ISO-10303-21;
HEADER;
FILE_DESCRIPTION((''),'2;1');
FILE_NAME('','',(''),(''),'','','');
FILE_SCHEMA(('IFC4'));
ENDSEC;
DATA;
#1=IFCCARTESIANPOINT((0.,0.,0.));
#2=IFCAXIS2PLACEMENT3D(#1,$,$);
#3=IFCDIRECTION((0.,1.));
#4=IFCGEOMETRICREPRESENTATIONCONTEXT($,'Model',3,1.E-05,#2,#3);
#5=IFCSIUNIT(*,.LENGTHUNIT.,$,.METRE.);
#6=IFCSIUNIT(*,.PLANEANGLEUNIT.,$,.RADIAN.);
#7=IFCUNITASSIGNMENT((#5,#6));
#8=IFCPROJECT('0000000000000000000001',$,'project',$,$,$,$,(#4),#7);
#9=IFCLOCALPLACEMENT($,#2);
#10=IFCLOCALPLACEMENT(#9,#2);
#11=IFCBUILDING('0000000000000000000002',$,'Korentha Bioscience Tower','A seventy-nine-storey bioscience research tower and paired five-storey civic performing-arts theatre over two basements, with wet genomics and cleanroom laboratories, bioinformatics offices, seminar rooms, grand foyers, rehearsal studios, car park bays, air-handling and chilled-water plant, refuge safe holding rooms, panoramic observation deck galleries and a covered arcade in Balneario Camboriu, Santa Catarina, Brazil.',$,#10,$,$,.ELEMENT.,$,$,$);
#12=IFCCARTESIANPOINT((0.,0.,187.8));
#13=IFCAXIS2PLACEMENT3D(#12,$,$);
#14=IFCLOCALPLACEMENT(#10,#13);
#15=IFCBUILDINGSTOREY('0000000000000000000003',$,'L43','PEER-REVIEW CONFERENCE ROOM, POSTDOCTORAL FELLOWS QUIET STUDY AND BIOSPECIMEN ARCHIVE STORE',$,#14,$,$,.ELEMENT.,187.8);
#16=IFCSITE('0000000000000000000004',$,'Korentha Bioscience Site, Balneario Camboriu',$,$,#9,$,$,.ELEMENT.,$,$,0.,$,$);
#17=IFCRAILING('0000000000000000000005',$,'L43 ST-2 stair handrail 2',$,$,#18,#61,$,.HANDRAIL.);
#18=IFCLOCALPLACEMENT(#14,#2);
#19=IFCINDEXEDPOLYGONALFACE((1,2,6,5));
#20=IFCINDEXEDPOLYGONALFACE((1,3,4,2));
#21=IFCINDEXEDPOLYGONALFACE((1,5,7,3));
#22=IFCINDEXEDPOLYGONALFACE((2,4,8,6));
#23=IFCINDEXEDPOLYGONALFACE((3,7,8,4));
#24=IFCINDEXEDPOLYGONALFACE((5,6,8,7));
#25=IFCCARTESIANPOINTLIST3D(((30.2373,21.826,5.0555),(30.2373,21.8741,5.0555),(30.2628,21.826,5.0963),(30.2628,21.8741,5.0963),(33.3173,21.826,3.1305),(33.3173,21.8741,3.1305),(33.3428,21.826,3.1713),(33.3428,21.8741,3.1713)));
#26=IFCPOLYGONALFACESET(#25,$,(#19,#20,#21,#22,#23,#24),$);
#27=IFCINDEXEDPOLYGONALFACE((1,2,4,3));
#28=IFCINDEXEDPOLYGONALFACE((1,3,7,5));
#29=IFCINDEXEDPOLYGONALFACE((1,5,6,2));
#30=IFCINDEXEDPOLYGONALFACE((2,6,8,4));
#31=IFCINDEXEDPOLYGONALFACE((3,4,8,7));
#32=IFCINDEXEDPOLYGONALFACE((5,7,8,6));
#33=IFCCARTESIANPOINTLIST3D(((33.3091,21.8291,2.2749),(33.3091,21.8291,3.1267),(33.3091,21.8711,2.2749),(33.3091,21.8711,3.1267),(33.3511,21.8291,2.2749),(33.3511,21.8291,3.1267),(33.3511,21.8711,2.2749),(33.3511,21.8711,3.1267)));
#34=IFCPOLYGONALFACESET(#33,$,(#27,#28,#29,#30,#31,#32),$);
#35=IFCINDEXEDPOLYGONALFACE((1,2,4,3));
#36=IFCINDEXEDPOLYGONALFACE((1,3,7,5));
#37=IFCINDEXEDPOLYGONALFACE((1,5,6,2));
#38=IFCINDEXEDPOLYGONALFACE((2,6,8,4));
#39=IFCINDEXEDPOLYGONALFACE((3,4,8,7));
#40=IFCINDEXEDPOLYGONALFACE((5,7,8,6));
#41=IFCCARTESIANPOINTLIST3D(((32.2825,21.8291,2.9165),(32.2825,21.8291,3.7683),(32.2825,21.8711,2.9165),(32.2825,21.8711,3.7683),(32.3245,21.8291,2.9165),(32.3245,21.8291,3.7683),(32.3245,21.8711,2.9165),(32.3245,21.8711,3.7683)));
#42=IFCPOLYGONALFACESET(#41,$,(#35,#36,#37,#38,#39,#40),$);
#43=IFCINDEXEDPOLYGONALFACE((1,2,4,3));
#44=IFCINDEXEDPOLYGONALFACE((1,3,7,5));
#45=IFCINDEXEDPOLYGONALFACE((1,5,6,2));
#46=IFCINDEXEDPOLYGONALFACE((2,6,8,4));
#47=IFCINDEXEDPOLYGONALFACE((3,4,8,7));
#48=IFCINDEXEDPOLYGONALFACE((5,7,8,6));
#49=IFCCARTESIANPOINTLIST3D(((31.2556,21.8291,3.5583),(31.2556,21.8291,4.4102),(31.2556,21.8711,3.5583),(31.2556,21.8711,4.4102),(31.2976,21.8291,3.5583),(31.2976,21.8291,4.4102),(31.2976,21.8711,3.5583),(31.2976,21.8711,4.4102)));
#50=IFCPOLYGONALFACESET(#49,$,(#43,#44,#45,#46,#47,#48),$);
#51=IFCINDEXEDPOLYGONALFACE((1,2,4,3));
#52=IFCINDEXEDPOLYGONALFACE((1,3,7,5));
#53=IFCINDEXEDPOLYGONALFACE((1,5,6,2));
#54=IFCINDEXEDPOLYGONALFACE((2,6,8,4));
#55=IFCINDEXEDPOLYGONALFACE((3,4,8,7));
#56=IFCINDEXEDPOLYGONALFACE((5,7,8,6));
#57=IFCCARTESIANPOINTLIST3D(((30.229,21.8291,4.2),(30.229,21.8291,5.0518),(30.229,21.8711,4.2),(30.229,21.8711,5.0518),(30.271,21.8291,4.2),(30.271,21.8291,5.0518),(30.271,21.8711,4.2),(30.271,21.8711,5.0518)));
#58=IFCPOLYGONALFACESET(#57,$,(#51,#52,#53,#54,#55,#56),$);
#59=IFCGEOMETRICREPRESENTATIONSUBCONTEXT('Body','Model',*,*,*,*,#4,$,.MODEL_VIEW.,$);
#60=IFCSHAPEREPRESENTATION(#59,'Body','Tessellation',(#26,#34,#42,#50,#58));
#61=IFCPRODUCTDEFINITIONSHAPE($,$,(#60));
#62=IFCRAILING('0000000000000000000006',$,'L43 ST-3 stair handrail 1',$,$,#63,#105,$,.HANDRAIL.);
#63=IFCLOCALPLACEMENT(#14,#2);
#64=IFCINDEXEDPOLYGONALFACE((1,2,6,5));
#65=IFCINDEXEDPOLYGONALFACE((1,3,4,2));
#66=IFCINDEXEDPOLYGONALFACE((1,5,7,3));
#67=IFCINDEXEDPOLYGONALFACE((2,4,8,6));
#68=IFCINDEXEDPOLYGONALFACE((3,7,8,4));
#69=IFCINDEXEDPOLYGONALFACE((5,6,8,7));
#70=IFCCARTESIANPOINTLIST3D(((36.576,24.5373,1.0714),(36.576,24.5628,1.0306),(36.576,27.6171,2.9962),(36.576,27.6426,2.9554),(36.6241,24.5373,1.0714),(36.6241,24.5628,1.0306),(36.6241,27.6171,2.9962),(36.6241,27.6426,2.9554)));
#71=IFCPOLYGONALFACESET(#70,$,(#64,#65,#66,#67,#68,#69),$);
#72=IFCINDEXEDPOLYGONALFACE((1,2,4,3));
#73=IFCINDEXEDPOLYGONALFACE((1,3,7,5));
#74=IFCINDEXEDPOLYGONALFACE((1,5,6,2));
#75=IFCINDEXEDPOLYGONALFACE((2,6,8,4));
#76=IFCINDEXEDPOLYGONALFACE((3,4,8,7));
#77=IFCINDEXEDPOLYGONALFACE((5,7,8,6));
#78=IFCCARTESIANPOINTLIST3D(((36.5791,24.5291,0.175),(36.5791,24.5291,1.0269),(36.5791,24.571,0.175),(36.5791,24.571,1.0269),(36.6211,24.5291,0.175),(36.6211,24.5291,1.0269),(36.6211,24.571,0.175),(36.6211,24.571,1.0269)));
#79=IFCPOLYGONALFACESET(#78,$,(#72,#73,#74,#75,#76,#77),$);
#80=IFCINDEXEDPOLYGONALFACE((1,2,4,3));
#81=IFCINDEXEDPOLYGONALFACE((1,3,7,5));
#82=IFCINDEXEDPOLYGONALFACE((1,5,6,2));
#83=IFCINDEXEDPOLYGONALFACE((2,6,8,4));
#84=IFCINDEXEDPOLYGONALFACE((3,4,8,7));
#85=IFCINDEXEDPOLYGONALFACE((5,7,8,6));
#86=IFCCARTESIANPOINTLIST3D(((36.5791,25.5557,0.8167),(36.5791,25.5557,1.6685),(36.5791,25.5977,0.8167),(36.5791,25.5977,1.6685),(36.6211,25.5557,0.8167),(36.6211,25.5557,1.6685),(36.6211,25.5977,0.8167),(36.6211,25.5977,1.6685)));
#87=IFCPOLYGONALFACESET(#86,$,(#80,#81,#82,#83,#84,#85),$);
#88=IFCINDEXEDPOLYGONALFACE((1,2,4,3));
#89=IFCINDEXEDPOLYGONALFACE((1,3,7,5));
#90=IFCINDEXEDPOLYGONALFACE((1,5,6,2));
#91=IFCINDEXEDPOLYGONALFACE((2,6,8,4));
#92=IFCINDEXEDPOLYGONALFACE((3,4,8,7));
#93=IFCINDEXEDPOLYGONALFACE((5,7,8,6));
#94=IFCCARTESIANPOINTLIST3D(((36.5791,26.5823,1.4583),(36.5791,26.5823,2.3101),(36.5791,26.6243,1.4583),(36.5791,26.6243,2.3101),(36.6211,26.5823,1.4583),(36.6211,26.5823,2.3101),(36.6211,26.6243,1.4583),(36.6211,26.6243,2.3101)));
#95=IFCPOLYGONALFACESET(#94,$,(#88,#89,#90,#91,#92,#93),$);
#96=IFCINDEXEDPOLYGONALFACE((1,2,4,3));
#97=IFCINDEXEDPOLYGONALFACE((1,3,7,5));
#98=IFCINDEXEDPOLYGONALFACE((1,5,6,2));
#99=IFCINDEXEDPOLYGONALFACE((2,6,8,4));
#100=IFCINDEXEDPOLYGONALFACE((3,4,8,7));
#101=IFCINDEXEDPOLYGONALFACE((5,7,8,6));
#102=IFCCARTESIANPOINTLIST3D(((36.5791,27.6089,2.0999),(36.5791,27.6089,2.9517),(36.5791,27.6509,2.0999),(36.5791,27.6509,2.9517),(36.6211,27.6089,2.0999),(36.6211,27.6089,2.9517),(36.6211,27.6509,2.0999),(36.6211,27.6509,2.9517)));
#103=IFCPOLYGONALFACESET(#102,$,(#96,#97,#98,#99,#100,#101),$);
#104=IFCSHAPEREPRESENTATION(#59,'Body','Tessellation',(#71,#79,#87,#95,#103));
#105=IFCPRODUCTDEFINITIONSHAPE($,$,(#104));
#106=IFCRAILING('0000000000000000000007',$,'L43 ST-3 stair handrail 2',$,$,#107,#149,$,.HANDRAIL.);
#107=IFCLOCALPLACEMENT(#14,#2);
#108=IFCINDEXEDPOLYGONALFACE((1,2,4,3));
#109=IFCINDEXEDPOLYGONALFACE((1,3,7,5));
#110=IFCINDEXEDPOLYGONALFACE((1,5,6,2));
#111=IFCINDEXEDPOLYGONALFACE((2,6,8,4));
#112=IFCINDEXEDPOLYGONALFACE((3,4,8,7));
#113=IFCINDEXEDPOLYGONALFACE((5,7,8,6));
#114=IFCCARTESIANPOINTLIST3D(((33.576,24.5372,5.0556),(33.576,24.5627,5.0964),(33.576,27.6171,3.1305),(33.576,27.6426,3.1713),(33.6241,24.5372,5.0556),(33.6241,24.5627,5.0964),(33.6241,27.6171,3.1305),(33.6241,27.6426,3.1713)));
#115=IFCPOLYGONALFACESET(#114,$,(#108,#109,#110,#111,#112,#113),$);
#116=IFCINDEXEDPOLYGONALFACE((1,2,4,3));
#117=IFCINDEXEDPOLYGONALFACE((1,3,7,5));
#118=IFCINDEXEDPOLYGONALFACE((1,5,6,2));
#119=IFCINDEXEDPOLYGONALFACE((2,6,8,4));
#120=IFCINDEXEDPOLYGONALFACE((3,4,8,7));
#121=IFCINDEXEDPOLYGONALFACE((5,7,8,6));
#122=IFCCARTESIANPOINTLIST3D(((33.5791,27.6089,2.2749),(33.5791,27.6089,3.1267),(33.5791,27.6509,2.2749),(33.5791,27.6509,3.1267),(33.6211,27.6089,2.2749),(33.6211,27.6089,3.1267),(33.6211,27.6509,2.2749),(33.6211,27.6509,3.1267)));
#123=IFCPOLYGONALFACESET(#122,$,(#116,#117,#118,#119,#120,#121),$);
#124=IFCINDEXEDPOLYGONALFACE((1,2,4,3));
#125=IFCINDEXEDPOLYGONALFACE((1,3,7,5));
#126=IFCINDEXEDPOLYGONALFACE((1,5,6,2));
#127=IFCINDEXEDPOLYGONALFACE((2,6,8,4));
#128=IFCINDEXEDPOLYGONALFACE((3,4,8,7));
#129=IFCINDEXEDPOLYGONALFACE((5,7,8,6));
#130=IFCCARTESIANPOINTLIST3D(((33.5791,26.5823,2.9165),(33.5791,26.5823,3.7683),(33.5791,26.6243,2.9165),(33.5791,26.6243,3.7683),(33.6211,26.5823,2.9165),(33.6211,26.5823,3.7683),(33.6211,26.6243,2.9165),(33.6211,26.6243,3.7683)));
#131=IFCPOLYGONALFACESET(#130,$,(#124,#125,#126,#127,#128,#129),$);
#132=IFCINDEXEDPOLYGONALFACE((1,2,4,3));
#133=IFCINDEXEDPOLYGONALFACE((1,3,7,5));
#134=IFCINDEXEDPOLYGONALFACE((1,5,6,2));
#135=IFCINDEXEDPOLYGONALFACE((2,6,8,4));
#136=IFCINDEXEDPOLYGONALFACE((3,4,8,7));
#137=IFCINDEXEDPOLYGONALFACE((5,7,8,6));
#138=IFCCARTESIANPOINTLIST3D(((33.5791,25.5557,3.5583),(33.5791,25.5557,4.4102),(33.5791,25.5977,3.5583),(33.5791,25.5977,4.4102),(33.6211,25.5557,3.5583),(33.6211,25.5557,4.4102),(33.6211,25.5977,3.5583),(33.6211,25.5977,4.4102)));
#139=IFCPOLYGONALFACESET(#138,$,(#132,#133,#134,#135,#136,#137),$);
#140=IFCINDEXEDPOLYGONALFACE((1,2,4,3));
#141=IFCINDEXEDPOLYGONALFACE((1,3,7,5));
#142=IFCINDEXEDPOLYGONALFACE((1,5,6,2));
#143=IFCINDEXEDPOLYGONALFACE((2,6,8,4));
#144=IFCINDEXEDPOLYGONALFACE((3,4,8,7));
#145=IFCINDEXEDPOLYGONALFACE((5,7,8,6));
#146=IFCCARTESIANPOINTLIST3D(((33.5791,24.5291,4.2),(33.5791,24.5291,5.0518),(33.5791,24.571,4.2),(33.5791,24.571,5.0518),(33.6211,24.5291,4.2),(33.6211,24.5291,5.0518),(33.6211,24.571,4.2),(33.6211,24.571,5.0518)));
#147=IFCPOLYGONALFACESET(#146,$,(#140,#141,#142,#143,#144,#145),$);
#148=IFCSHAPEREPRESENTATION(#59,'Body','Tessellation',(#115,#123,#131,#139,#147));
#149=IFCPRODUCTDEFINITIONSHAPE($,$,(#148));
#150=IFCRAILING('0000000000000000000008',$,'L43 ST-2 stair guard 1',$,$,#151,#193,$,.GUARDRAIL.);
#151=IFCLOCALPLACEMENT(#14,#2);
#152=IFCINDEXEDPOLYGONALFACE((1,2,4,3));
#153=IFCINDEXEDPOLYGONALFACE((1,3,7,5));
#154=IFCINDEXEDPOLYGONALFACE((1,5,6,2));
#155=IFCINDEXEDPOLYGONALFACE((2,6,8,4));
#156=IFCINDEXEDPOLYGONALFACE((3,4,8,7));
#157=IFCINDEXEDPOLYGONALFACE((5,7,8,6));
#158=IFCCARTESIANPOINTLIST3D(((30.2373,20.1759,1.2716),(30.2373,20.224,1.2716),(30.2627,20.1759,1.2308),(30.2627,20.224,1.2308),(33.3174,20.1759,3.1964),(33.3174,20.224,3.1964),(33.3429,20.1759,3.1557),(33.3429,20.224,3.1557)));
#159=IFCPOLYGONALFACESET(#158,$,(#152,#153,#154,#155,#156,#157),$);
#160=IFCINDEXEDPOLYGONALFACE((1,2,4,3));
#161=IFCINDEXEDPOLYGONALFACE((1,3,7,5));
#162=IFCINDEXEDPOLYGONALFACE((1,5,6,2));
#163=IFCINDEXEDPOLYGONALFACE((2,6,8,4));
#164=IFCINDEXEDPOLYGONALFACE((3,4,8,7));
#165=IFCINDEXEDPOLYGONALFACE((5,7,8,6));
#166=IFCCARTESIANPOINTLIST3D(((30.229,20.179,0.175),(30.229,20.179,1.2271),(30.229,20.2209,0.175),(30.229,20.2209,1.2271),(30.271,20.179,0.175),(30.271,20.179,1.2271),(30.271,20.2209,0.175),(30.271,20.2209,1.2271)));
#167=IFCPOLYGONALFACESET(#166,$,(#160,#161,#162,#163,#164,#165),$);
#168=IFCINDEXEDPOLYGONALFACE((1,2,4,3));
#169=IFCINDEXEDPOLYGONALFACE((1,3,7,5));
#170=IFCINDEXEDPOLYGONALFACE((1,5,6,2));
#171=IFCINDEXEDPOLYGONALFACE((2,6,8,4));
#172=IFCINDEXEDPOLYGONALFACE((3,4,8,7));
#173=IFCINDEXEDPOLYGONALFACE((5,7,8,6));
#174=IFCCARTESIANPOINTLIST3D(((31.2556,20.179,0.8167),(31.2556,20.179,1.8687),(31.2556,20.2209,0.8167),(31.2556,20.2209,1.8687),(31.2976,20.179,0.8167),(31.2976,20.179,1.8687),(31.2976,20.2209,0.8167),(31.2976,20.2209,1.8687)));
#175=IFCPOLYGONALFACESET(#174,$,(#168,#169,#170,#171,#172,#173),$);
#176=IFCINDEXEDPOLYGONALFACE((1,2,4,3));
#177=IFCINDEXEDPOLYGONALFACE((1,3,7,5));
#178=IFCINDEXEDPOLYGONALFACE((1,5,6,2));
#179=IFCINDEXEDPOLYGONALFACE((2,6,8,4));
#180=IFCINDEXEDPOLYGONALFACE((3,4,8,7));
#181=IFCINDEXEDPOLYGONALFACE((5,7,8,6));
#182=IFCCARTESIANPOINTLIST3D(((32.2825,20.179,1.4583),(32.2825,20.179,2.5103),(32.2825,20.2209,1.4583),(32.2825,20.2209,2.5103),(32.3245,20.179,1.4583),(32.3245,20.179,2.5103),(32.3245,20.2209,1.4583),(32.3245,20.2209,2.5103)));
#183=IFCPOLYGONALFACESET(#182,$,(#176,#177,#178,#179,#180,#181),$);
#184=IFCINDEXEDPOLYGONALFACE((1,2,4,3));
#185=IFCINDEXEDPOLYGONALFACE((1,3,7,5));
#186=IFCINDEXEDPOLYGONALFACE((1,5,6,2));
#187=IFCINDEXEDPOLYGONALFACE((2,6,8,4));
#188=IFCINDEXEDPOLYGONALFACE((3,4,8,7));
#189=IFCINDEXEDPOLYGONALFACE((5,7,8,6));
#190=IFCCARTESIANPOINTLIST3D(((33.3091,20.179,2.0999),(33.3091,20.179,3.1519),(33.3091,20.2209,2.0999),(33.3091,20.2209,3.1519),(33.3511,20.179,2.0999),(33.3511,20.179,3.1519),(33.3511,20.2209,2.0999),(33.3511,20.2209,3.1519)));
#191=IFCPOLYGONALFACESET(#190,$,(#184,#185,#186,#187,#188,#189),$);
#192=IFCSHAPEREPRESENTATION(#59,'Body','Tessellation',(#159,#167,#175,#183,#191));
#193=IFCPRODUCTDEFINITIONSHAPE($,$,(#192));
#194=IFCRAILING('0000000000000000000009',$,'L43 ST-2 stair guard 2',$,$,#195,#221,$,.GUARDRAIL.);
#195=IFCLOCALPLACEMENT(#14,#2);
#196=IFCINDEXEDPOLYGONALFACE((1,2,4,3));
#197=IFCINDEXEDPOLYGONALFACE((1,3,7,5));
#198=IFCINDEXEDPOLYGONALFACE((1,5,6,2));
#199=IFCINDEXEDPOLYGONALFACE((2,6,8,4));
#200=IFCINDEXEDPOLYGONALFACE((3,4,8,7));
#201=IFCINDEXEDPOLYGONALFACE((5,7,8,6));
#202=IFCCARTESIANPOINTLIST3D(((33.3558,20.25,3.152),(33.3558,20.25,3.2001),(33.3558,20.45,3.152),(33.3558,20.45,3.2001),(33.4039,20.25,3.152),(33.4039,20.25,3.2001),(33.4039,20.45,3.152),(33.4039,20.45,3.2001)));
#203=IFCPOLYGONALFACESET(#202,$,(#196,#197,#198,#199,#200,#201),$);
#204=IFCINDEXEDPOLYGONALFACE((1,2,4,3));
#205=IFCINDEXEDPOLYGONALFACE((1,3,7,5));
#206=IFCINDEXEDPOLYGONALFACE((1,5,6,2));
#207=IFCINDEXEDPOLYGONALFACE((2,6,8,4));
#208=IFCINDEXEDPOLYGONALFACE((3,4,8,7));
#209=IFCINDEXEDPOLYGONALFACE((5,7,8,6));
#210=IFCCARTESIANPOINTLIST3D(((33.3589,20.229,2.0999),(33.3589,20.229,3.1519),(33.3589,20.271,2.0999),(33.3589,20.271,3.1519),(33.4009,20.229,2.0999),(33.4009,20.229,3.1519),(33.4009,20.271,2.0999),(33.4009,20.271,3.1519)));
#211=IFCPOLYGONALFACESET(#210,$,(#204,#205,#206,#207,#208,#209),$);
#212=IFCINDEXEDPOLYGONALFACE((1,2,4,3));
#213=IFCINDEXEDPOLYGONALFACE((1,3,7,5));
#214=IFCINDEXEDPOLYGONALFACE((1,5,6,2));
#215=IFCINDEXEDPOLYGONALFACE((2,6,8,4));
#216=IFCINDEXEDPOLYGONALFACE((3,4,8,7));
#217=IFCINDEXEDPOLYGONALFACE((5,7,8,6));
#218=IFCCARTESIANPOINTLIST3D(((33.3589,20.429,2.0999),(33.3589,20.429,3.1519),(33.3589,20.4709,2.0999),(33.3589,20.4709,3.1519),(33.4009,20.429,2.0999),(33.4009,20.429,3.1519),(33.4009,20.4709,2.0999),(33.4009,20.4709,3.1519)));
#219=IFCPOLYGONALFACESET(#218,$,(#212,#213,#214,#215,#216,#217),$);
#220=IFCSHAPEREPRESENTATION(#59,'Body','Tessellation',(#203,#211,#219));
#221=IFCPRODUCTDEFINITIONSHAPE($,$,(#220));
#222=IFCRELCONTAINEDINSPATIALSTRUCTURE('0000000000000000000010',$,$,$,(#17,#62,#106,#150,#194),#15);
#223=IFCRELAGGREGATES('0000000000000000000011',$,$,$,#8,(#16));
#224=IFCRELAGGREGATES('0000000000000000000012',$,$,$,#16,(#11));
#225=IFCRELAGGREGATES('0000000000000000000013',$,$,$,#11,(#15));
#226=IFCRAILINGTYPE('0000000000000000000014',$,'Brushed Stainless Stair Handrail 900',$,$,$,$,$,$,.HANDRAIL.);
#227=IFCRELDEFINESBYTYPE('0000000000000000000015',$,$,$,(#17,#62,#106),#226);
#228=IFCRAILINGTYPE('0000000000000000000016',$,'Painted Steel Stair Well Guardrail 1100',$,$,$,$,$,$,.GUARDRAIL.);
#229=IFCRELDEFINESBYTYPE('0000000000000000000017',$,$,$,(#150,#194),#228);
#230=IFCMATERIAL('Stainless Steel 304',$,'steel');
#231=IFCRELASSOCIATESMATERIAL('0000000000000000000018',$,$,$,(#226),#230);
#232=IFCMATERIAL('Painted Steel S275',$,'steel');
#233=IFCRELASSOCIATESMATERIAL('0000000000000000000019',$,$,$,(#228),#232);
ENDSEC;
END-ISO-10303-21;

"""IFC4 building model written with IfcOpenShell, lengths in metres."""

from ifc_helpers import new_model, si_unit, direction, frame, origin, origin_2d, place, context, subcontext, project, spatial, rectangle, extrude, material, type_object, element, save


model = new_model("IFC4")

# Units and contexts
model_context = context("Model", 3, precision=1e-05, world=origin(), true_north=direction((0.0, 1.0)))
body_context = subcontext(model_context, "Body", "Model", "MODEL_VIEW")
ifc_project = project(units=[si_unit("LENGTHUNIT", "METRE"), si_unit("PLANEANGLEUNIT", "RADIAN")], contexts=[model_context])

# Site, building, storey
site_placement = place(None, origin())
site = spatial("IfcSite", under=ifc_project, at=site_placement, Name="Korentha Bioscience Site, Balneario Camboriu", CompositionType="ELEMENT", RefElevation=0.0)
building_placement = place(site_placement, origin())
building = spatial("IfcBuilding", under=site, at=building_placement, Name="Korentha Bioscience Tower", Description="A seventy-nine-storey bioscience research tower and paired five-storey civic performing-arts theatre over two basements, with wet genomics and cleanroom laboratories, bioinformatics offices, seminar rooms, grand foyers, rehearsal studios, car park bays, air-handling and chilled-water plant, refuge safe holding rooms, panoramic observation deck galleries and a covered arcade in Balneario Camboriu, Santa Catarina, Brazil.", CompositionType="ELEMENT")
storey_placement = place(building_placement, frame((0.0, 0.0, 187.8)))
storey = spatial("IfcBuildingStorey", under=building, at=storey_placement, Name="L43", Description="PEER-REVIEW CONFERENCE ROOM, POSTDOCTORAL FELLOWS QUIET STUDY AND BIOSPECIMEN ARCHIVE STORE", CompositionType="ELEMENT", Elevation=187.8)

# Railings
ifc_material_1 = material(Name="Stainless Steel 304", Category="steel")
railing_type_1 = type_object("IfcRailingType", Name="Brushed Stainless Stair Handrail 900", PredefinedType="HANDRAIL", material=ifc_material_1)
railing_1_placement = place(storey_placement, frame((33.3301, 21.8501, 2.2749)))
element("IfcRailing", 1, at=railing_1_placement, inside=storey, type_object=railing_type_1, Name="L43 ST-2 stair handrail 2", PredefinedType="HANDRAIL", context=body_context, shape_type="SweptSolid", body=[
    extrude(rectangle(XDim=0.0481, YDim=0.0481, at=origin_2d()), frame((0.0, 0.0, 0.876), z_axis=(-0.847998, 0.0, 0.529999), x_axis=(0.0, -1.0, 0.0)), (0.0, 0.0, 1.0), 3.6321),
    extrude(rectangle(XDim=0.042, YDim=0.042, at=origin_2d()), origin(), (0.0, 0.0, 1.0), 0.8518),
    extrude(rectangle(XDim=0.042, YDim=0.042, at=origin_2d()), frame((-1.0266, 0.0, 0.6416)), (0.0, 0.0, 1.0), 0.8518),
    extrude(rectangle(XDim=0.042, YDim=0.042, at=origin_2d()), frame((-2.0535, 0.0, 1.2834)), (0.0, 0.0, 1.0), 0.8518),
    extrude(rectangle(XDim=0.042, YDim=0.042, at=origin_2d()), frame((-3.0801, 0.0, 1.925)), (0.0, 0.0, 1.0), 0.8518),
])
railing_2_placement = place(storey_placement, frame((36.6001, 24.55, 0.175)))
element("IfcRailing", 2, at=railing_2_placement, inside=storey, type_object=railing_type_1, Name="L43 ST-3 stair handrail 1", PredefinedType="HANDRAIL", context=body_context, shape_type="SweptSolid", body=[
    extrude(rectangle(XDim=0.0481, YDim=0.0481, at=origin_2d()), frame((0.0, 0.0, 0.876), z_axis=(0.0, 0.84801, 0.529981), x_axis=(-1.0, 0.0, 0.0)), (0.0, 0.0, 1.0), 3.6318),
    extrude(rectangle(XDim=0.042, YDim=0.042, at=origin_2d()), origin(), (0.0, 0.0, 1.0), 0.8518),
    extrude(rectangle(XDim=0.042, YDim=0.042, at=origin_2d()), frame((0.0, 1.0266, 0.6416)), (0.0, 0.0, 1.0), 0.8518),
    extrude(rectangle(XDim=0.042, YDim=0.042, at=origin_2d()), frame((0.0, 2.0532, 1.2832)), (0.0, 0.0, 1.0), 0.8518),
    extrude(rectangle(XDim=0.042, YDim=0.042, at=origin_2d()), frame((0.0, 3.0798, 1.9248)), (0.0, 0.0, 1.0), 0.8518),
])
railing_3_placement = place(storey_placement, frame((33.6001, 27.6299, 2.2749)))
element("IfcRailing", 3, at=railing_3_placement, inside=storey, type_object=railing_type_1, Name="L43 ST-3 stair handrail 2", PredefinedType="HANDRAIL", context=body_context, shape_type="SweptSolid", body=[
    extrude(rectangle(XDim=0.0481, YDim=0.0481, at=origin_2d()), frame((0.0, 0.0, 0.876), z_axis=(0.0, -0.847979, 0.530029), x_axis=(1.0, 0.0, 0.0)), (0.0, 0.0, 1.0), 3.6321),
    extrude(rectangle(XDim=0.042, YDim=0.042, at=origin_2d()), origin(), (0.0, 0.0, 1.0), 0.8518),
    extrude(rectangle(XDim=0.042, YDim=0.042, at=origin_2d()), frame((0.0, -1.0266, 0.6416)), (0.0, 0.0, 1.0), 0.8518),
    extrude(rectangle(XDim=0.042, YDim=0.042, at=origin_2d()), frame((0.0, -2.0532, 1.2834)), (0.0, 0.0, 1.0), 0.8518),
    extrude(rectangle(XDim=0.042, YDim=0.042, at=origin_2d()), frame((0.0, -3.0798, 1.925)), (0.0, 0.0, 1.0), 0.8518),
])
ifc_material_2 = material(Name="Painted Steel S275", Category="steel")
railing_type_2 = type_object("IfcRailingType", Name="Painted Steel Stair Well Guardrail 1100", PredefinedType="GUARDRAIL", material=ifc_material_2)
railing_4_placement = place(storey_placement, frame((30.25, 20.2, 0.175)))
element("IfcRailing", 4, at=railing_4_placement, inside=storey, type_object=railing_type_2, Name="L43 ST-2 stair guard 1", PredefinedType="GUARDRAIL", context=body_context, shape_type="SweptSolid", body=[
    extrude(rectangle(XDim=0.0481, YDim=0.0481, at=origin_2d()), frame((0.0, 0.0, 1.0762), z_axis=(0.848029, 0.0, 0.529951), x_axis=(0.0, 1.0, 0.0)), (0.0, 0.0, 1.0), 3.6321),
    extrude(rectangle(XDim=0.042, YDim=0.042, at=origin_2d()), origin(), (0.0, 0.0, 1.0), 1.052),
    extrude(rectangle(XDim=0.042, YDim=0.042, at=origin_2d()), frame((1.0266, 0.0, 0.6416)), (0.0, 0.0, 1.0), 1.052),
    extrude(rectangle(XDim=0.042, YDim=0.042, at=origin_2d()), frame((2.0535, 0.0, 1.2832)), (0.0, 0.0, 1.0), 1.052),
    extrude(rectangle(XDim=0.042, YDim=0.042, at=origin_2d()), frame((3.0801, 0.0, 1.9248)), (0.0, 0.0, 1.0), 1.052),
])
railing_5_placement = place(storey_placement, frame((33.3799, 20.25, 2.0999)))
element("IfcRailing", 5, at=railing_5_placement, inside=storey, type_object=railing_type_2, Name="L43 ST-2 stair guard 2", PredefinedType="GUARDRAIL", context=body_context, shape_type="SweptSolid", body=[
    extrude(rectangle(XDim=0.0481, YDim=0.0481, at=origin_2d()), frame((0.0, 0.0, 1.0762), z_axis=(0.0, 1.0, 0.0), x_axis=(-1.0, 0.0, 0.0)), (0.0, 0.0, 1.0), 0.2),
    extrude(rectangle(XDim=0.042, YDim=0.042, at=origin_2d()), origin(), (0.0, 0.0, 1.0), 1.052),
    extrude(rectangle(XDim=0.042, YDim=0.042, at=origin_2d()), frame((0.0, 0.2, 0.0)), (0.0, 0.0, 1.0), 1.052),
])

save(model, "model.ifc")
